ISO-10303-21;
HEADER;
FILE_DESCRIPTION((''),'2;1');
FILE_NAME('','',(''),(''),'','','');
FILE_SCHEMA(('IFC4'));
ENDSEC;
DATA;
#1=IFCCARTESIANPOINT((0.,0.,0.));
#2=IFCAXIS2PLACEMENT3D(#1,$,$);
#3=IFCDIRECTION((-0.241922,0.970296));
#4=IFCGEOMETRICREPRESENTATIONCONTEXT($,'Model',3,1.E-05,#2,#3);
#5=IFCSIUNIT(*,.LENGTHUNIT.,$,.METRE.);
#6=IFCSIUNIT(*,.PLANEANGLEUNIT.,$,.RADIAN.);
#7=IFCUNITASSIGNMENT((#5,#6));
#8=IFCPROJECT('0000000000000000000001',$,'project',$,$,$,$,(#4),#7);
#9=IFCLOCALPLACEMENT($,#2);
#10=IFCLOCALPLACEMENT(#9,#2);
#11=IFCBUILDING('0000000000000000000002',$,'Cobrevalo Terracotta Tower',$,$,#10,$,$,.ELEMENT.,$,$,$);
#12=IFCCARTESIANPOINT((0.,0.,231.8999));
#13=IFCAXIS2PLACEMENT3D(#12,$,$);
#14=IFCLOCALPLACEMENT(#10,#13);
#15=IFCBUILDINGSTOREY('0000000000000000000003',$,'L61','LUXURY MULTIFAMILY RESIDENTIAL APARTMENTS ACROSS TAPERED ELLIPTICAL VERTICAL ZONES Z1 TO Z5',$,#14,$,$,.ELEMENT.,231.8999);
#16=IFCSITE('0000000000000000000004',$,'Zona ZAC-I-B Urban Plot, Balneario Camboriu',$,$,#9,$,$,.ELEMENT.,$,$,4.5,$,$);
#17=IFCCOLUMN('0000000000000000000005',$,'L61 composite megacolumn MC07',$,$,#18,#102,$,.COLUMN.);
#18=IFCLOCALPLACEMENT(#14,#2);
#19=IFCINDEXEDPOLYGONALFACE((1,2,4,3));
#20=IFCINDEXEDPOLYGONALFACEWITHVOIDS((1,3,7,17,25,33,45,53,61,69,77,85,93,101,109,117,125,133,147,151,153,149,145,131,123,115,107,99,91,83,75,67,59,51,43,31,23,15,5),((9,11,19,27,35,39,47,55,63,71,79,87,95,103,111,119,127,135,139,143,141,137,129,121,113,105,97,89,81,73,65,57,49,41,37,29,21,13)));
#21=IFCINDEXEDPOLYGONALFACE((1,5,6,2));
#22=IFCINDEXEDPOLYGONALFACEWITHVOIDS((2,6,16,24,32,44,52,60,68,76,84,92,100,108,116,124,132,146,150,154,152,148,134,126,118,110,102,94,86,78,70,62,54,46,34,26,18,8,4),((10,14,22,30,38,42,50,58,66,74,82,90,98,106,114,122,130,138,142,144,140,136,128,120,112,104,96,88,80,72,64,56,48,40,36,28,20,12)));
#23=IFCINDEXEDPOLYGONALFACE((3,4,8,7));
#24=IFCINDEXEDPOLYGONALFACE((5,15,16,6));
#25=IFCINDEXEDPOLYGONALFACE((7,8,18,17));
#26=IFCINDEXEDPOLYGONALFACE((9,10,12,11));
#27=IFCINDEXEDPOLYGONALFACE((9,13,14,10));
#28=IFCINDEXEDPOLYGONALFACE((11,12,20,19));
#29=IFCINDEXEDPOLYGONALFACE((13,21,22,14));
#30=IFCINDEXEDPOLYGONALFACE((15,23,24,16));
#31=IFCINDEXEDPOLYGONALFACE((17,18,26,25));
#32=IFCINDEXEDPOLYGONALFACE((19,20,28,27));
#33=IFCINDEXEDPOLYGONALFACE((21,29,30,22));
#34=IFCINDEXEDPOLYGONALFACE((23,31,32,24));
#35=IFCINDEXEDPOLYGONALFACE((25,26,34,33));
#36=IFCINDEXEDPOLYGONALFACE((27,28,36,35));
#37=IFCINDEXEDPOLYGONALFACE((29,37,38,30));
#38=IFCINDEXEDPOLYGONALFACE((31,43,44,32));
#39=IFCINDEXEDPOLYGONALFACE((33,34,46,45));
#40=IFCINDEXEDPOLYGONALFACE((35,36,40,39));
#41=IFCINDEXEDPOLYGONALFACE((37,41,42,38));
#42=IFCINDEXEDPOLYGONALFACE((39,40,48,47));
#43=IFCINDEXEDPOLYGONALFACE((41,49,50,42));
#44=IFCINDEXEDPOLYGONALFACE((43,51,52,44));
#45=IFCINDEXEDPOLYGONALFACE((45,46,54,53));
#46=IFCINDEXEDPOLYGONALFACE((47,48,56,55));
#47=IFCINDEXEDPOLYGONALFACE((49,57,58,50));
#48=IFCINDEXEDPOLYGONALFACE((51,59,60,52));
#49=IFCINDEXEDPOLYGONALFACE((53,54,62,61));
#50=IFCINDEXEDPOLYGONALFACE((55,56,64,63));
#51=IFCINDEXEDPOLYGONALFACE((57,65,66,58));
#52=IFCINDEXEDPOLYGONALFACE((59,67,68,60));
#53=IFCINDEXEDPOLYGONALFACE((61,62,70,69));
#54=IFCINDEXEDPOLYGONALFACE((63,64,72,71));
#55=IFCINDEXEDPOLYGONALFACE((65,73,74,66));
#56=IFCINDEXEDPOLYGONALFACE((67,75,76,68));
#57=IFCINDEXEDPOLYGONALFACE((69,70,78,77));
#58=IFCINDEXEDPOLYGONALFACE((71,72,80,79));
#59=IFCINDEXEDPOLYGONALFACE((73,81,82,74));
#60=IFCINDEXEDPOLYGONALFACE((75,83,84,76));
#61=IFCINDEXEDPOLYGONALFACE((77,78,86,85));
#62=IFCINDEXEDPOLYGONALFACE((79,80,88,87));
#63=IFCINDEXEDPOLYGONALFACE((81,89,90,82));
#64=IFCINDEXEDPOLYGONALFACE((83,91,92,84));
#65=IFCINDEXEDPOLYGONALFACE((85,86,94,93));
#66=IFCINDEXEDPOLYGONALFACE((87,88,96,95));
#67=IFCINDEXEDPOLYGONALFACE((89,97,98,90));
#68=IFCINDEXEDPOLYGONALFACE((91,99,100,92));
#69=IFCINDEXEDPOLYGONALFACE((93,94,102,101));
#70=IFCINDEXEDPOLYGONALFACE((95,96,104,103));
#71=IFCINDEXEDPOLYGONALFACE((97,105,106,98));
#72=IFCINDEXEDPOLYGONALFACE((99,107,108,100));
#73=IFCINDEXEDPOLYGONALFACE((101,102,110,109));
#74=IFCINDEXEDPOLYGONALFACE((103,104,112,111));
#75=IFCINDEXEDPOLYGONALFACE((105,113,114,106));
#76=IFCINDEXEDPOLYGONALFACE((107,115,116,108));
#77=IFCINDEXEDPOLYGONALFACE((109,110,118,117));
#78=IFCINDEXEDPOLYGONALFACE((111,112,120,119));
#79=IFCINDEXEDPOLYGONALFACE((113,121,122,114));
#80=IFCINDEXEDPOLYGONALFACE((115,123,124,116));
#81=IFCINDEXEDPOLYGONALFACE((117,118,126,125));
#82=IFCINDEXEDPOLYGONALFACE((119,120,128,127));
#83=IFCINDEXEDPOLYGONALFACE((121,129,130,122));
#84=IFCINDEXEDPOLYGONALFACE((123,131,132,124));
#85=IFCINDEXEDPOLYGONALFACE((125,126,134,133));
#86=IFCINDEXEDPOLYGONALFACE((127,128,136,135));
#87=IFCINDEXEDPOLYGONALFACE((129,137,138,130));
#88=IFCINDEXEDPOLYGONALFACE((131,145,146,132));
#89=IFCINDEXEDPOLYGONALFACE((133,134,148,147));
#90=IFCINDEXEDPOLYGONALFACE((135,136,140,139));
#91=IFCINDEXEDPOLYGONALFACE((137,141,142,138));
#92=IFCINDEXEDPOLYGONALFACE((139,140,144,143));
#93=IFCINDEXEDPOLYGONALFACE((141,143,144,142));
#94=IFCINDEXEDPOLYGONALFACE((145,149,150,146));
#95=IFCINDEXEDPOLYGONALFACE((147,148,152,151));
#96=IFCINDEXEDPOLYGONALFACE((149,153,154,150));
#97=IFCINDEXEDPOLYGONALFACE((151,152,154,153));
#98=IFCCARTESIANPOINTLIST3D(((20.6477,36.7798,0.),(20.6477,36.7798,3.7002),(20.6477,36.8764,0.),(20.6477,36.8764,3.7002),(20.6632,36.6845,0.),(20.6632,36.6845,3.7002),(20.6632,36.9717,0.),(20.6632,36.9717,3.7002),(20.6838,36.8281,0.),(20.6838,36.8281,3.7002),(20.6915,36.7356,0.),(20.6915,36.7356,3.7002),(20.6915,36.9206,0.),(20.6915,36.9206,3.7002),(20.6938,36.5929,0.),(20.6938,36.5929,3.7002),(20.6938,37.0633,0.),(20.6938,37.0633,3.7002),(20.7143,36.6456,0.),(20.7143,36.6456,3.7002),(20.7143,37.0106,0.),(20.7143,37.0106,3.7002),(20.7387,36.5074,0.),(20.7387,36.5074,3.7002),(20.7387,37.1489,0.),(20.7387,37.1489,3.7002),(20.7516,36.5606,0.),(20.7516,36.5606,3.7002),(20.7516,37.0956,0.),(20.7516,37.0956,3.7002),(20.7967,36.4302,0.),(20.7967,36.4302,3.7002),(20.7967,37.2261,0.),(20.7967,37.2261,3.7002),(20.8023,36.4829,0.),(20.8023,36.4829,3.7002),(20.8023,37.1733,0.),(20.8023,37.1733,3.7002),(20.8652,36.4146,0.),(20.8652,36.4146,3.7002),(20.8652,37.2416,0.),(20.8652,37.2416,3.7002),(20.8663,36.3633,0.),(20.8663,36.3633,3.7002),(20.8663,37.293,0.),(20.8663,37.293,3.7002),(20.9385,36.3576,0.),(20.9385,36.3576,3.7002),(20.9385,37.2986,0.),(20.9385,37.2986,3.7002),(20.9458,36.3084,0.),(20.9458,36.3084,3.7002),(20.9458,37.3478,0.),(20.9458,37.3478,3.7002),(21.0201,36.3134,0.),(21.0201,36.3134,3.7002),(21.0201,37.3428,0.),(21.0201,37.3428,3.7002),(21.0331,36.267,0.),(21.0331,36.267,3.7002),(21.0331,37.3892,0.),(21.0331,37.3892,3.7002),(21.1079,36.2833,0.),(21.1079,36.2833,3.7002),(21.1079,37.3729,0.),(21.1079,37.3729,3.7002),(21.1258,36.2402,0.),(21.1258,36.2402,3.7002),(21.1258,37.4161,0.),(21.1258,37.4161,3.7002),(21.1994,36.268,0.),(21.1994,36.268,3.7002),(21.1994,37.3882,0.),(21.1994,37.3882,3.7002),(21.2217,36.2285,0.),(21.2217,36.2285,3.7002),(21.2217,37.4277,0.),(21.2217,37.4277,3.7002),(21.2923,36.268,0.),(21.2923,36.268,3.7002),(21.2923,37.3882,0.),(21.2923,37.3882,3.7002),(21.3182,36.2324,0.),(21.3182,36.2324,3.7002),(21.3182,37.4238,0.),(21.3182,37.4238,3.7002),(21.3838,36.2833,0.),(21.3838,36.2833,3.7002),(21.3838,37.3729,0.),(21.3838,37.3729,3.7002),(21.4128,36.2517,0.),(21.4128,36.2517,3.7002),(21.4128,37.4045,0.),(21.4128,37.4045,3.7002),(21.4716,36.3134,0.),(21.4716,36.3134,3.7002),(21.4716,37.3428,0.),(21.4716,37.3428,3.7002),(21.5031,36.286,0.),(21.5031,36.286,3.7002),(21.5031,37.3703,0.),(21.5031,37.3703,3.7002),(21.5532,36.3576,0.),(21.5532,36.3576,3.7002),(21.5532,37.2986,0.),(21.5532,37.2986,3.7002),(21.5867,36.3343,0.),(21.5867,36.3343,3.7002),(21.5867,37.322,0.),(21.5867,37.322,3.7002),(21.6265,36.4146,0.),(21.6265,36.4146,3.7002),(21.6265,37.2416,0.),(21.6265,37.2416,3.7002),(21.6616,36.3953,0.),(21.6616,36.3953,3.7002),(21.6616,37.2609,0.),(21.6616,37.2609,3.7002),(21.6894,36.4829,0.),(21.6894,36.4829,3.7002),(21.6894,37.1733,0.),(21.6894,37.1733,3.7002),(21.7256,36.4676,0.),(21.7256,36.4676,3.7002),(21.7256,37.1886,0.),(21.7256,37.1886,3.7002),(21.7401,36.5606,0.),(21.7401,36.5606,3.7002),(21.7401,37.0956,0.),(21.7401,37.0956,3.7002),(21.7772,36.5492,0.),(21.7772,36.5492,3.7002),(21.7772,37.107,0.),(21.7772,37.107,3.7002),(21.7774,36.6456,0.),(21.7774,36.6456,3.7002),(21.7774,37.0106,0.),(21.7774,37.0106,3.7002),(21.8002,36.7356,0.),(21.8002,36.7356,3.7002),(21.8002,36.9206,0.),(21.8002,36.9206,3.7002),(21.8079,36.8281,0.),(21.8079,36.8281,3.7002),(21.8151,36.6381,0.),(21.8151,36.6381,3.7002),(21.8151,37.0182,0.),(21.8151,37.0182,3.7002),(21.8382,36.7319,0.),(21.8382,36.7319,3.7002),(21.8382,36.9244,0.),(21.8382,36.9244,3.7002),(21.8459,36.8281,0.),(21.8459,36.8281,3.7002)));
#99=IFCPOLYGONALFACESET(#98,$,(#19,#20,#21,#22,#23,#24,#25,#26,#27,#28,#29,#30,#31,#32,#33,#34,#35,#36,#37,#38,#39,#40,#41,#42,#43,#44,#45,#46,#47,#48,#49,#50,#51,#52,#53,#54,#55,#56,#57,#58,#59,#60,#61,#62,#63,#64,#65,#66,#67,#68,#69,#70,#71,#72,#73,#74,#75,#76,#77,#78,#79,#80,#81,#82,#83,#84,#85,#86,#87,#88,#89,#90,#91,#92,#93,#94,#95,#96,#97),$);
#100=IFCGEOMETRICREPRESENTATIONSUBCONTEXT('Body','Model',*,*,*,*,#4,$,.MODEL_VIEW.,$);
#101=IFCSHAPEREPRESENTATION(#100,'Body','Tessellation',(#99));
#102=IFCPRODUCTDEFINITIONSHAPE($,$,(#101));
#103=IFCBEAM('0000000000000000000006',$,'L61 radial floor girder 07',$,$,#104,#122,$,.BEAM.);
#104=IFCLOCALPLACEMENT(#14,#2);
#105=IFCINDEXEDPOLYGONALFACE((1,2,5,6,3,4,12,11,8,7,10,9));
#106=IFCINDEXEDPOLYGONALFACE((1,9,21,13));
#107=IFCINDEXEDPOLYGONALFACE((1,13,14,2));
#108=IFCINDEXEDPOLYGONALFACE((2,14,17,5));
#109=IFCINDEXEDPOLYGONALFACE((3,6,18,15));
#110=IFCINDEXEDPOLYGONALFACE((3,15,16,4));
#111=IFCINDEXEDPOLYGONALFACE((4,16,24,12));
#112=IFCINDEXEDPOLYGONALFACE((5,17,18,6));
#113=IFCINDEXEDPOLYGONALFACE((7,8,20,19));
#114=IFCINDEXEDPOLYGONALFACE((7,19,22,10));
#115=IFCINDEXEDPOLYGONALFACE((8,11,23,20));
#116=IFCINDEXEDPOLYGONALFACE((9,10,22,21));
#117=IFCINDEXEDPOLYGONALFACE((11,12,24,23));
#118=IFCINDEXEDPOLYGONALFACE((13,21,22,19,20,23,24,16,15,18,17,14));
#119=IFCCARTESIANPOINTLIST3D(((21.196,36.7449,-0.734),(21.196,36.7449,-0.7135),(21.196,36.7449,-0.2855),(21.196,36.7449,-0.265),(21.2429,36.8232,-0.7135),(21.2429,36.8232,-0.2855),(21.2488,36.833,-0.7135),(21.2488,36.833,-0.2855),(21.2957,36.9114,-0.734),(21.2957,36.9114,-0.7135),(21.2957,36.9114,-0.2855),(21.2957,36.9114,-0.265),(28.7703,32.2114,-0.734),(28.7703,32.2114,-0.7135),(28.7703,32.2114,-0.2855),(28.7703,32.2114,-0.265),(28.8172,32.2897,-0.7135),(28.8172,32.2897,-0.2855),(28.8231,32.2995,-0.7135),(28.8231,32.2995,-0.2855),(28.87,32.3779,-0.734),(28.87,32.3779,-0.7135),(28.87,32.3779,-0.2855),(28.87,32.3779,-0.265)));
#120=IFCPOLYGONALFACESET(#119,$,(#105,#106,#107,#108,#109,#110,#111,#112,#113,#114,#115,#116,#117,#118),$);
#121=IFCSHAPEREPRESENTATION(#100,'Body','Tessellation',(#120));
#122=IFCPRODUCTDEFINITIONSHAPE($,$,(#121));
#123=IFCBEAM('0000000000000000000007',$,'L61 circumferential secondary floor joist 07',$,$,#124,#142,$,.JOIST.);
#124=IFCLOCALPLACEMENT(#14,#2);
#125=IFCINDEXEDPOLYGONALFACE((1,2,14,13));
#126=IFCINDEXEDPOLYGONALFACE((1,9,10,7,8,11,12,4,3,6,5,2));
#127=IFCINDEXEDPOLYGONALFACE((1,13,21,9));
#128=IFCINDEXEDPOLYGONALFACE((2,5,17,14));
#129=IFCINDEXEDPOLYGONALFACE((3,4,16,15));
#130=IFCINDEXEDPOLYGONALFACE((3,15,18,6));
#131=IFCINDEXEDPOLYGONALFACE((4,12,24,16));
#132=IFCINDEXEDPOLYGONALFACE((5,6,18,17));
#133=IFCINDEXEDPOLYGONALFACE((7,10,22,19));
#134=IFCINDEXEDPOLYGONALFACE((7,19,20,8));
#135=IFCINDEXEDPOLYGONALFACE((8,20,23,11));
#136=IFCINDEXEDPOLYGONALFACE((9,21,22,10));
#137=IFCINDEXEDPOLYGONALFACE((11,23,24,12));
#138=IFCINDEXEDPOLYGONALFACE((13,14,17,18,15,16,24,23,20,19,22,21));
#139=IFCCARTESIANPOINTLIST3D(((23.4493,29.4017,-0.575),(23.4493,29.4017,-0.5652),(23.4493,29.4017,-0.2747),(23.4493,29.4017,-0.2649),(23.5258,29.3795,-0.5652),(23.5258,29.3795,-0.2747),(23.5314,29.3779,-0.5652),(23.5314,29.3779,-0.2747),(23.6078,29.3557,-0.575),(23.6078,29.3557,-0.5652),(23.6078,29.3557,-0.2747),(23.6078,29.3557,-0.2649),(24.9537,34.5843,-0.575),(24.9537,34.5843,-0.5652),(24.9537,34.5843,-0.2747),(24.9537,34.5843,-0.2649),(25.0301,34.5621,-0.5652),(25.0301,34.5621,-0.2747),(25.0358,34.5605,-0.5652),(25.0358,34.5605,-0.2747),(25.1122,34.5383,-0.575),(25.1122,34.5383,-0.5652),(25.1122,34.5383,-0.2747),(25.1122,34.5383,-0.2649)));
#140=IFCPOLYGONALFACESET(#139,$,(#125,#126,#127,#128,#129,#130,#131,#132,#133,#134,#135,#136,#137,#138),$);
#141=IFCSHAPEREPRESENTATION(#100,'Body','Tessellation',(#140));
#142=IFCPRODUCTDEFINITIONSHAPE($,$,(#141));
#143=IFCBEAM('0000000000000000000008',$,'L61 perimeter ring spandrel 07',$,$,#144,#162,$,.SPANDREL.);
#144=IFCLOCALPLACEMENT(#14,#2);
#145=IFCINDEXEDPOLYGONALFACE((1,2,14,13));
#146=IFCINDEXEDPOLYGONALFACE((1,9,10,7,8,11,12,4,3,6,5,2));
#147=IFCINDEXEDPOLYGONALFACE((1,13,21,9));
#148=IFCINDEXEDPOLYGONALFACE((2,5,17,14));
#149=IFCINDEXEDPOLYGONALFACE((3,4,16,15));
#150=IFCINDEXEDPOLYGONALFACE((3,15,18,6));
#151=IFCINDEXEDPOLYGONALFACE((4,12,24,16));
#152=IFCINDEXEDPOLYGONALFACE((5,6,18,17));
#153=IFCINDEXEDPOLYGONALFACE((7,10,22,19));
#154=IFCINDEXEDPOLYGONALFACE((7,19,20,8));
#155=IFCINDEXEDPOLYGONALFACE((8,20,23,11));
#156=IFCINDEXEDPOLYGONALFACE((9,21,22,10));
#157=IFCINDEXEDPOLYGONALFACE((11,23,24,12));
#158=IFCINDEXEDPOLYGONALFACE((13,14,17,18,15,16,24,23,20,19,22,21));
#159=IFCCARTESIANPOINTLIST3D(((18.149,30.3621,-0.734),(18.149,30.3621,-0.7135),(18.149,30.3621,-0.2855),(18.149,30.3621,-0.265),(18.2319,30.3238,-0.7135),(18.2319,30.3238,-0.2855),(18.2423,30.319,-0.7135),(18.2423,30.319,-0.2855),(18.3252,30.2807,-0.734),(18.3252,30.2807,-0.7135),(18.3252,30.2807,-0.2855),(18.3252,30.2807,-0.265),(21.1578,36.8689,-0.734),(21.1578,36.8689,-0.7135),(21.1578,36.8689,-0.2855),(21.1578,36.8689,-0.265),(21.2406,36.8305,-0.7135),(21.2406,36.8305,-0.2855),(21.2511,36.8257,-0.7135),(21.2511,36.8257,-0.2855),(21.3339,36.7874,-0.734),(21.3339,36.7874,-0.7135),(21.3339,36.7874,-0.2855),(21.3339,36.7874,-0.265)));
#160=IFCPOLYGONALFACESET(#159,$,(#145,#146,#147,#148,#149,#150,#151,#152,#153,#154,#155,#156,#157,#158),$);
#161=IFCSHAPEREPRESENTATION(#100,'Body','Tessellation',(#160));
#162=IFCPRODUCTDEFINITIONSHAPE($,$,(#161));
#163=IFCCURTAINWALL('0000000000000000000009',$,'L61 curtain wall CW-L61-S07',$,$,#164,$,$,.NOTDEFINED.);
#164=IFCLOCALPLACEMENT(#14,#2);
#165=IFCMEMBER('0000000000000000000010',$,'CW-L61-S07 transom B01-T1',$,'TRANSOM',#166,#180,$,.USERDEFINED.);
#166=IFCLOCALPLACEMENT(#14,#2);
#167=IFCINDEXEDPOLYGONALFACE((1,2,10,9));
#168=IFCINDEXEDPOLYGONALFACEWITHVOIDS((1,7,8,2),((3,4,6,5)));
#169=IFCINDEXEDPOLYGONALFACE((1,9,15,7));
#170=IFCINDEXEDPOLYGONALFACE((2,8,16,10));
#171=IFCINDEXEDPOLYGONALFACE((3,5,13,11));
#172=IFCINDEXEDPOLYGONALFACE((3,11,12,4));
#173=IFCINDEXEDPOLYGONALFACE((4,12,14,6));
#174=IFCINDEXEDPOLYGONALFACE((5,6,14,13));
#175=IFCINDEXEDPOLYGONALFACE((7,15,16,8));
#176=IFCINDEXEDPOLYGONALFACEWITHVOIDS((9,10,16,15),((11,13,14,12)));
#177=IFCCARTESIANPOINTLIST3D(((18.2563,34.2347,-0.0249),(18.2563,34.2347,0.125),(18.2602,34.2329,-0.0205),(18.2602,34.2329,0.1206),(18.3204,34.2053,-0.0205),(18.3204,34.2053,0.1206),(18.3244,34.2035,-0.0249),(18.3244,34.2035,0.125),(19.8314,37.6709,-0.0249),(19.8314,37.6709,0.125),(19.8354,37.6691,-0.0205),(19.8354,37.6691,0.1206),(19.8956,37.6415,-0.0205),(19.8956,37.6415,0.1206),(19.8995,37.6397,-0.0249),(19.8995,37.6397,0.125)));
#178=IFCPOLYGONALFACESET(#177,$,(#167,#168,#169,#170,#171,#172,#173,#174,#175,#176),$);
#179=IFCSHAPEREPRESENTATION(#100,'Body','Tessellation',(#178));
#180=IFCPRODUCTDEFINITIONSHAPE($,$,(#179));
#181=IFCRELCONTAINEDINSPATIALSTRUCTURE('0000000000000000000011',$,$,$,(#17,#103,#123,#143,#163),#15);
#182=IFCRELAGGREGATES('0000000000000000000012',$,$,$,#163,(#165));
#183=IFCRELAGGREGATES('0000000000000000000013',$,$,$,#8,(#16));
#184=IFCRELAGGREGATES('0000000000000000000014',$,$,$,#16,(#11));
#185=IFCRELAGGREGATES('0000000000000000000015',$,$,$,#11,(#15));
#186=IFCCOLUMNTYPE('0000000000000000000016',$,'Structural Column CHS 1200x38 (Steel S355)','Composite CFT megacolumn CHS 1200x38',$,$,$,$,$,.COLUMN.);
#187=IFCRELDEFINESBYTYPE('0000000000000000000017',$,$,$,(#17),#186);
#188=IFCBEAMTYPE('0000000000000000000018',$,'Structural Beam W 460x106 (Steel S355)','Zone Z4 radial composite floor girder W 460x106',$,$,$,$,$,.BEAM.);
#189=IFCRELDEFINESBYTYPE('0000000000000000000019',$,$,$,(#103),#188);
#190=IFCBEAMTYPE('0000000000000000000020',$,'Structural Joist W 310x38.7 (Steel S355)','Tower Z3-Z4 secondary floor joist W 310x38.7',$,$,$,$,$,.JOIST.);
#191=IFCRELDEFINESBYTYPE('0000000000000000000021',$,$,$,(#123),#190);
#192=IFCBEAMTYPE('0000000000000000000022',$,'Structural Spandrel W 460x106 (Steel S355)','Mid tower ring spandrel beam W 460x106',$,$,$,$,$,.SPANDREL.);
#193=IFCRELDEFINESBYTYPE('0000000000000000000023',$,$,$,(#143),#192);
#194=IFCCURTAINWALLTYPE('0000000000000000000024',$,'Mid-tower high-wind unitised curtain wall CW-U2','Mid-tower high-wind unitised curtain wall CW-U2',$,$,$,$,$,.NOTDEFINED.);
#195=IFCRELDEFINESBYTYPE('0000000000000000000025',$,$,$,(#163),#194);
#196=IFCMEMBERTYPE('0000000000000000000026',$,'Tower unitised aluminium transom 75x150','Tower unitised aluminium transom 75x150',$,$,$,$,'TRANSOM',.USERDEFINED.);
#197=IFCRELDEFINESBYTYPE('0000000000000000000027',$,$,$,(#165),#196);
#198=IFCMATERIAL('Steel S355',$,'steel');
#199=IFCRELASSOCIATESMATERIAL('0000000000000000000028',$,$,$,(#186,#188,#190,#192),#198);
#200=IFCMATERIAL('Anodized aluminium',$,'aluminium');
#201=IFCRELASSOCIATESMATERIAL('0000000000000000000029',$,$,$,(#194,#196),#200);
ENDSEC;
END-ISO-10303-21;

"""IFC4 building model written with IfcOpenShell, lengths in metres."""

from ifc_helpers import new_model, si_unit, direction, frame, origin, origin_2d, place, context, subcontext, project, spatial, hollow_rectangle, hollow_circle, i_section, extrude, source, transform, mapped, material, material_profile, profile_set, type_object, element, aggregate, save


model = new_model("IFC4")

# Units and contexts
model_context = context("Model", 3, precision=1e-05, world=origin(), true_north=direction((-0.241922, 0.970296)))
body_context = subcontext(model_context, "Body", "Model", "MODEL_VIEW")
ifc_project = project(units=[si_unit("LENGTHUNIT", "METRE"), si_unit("PLANEANGLEUNIT", "RADIAN")], contexts=[model_context])

# Site, building, storey
site_placement = place(None, origin())
site = spatial("IfcSite", under=ifc_project, at=site_placement, Name="Zona ZAC-I-B Urban Plot, Balneario Camboriu", CompositionType="ELEMENT", RefElevation=4.5)
building_placement = place(site_placement, origin())
building = spatial("IfcBuilding", under=site, at=building_placement, Name="Cobrevalo Terracotta Tower", CompositionType="ELEMENT")
storey_placement = place(building_placement, frame((0.0, 0.0, 231.8999)))
storey = spatial("IfcBuildingStorey", under=building, at=storey_placement, Name="L61", Description="LUXURY MULTIFAMILY RESIDENTIAL APARTMENTS ACROSS TAPERED ELLIPTICAL VERTICAL ZONES Z1 TO Z5", CompositionType="ELEMENT", Elevation=231.8999)

# Column
ifc_material_1 = material(Name="Steel S355", Category="steel")
ifc_material_profile_1 = material_profile(ifc_material_1, hollow_circle(Radius=0.6001, WallThickness=0.0381, at=origin_2d()), Name="CHS 1200x38")
ifc_profile_set_1 = profile_set([ifc_material_profile_1], Name="Steel S355")
column_type = type_object("IfcColumnType", Name="Structural Column CHS 1200x38 (Steel S355)", Description="Composite CFT megacolumn CHS 1200x38", PredefinedType="COLUMN", material=ifc_profile_set_1)
column_placement = place(storey_placement, frame((21.2458, 36.8281, 0.0), z_axis=(0.0, 0.0, 1.0), x_axis=(1.0, 0.0, 0.0)))
element("IfcColumn", 1, at=column_placement, inside=storey, type_object=column_type, Name="L61 composite megacolumn MC07", PredefinedType="COLUMN", context=body_context, shape_type="SweptSolid", body=[
    extrude(hollow_circle(Radius=0.6001, WallThickness=0.0381, at=origin_2d()), origin(), (0.0, 0.0, 1.0), 3.7002),
])

# Beams
ifc_material_profile_2 = material_profile(ifc_material_1, i_section(OverallWidth=0.1941, OverallDepth=0.469, WebThickness=0.0115, FlangeThickness=0.0205, at=origin_2d()), Name="W 460x106")
ifc_profile_set_2 = profile_set([ifc_material_profile_2], Name="Steel S355")
beam_type_1 = type_object("IfcBeamType", Name="Structural Beam W 460x106 (Steel S355)", Description="Zone Z4 radial composite floor girder W 460x106", PredefinedType="BEAM", material=ifc_profile_set_2)
beam_1_placement = place(storey_placement, frame((21.2458, 36.8281, -0.4995), z_axis=(0.858046, -0.513572, 0.0), x_axis=(0.513572, 0.858046, 0.0)))
element("IfcBeam", 2, at=beam_1_placement, inside=storey, type_object=beam_type_1, Name="L61 radial floor girder 07", PredefinedType="BEAM", context=body_context, shape_type="SweptSolid", body=[
    extrude(i_section(OverallWidth=0.1941, OverallDepth=0.469, WebThickness=0.0115, FlangeThickness=0.0205, at=origin_2d()), origin(), (0.0, 0.0, 1.0), 8.8274),
])
ifc_material_profile_3 = material_profile(ifc_material_1, i_section(OverallWidth=0.165, OverallDepth=0.3101, WebThickness=0.0059, FlangeThickness=0.0098, at=origin_2d()), Name="W 310x38.7")
ifc_profile_set_3 = profile_set([ifc_material_profile_3], Name="Steel S355")
beam_type_2 = type_object("IfcBeamType", Name="Structural Joist W 310x38.7 (Steel S355)", Description="Tower Z3-Z4 secondary floor joist W 310x38.7", PredefinedType="JOIST", material=ifc_profile_set_3)
beam_2_placement = place(storey_placement, frame((25.033, 34.5613, -0.4199), z_axis=(-0.27877, -0.960358, 0.0), x_axis=(0.960358, -0.27877, 0.0)))
element("IfcBeam", 3, at=beam_2_placement, inside=storey, type_object=beam_type_2, Name="L61 circumferential secondary floor joist 07", PredefinedType="JOIST", context=body_context, shape_type="SweptSolid", body=[
    extrude(i_section(OverallWidth=0.165, OverallDepth=0.3101, WebThickness=0.0059, FlangeThickness=0.0098, at=origin_2d()), origin(), (0.0, 0.0, 1.0), 5.3965),
])
ifc_material_profile_4 = material_profile(ifc_material_1, i_section(OverallWidth=0.1941, OverallDepth=0.469, WebThickness=0.0115, FlangeThickness=0.0205, at=origin_2d()), Name="W 460x106")
ifc_profile_set_4 = profile_set([ifc_material_profile_4], Name="Steel S355")
beam_type_3 = type_object("IfcBeamType", Name="Structural Spandrel W 460x106 (Steel S355)", Description="Mid tower ring spandrel beam W 460x106", PredefinedType="SPANDREL", material=ifc_profile_set_4)
beam_3_placement = place(storey_placement, frame((21.2458, 36.8281, -0.4995), z_axis=(-0.419706, -0.90766, 0.0), x_axis=(0.90766, -0.419706, 0.0)))
element("IfcBeam", 4, at=beam_3_placement, inside=storey, type_object=beam_type_3, Name="L61 perimeter ring spandrel 07", PredefinedType="SPANDREL", context=body_context, shape_type="SweptSolid", body=[
    extrude(i_section(OverallWidth=0.1941, OverallDepth=0.469, WebThickness=0.0115, FlangeThickness=0.0205, at=origin_2d()), origin(), (0.0, 0.0, 1.0), 7.1687),
])

# Curtain wall, member
ifc_material_2 = material(Name="Anodized aluminium", Category="aluminium")
curtain_wall_type = type_object("IfcCurtainWallType", Name="Mid-tower high-wind unitised curtain wall CW-U2", Description="Mid-tower high-wind unitised curtain wall CW-U2", PredefinedType="NOTDEFINED", material=ifc_material_2)
curtain_wall_1_placement = place(storey_placement, origin())
curtain_wall_1 = element("IfcCurtainWall", 5, at=curtain_wall_1_placement, inside=storey, type_object=curtain_wall_type, Name="L61 curtain wall CW-L61-S07", PredefinedType="NOTDEFINED")
ifc_material_profile_5 = material_profile(ifc_material_2, hollow_rectangle(XDim=0.075, YDim=0.1499, WallThickness=0.0044, at=origin_2d()), Name="CWT 75x150")
ifc_profile_set_5 = profile_set([ifc_material_profile_5], Name="Anodized aluminium")
member_type_1 = type_object("IfcMemberType", Name="Tower unitised aluminium transom 75x150", Description="Tower unitised aluminium transom 75x150", ElementType="TRANSOM", PredefinedType="USERDEFINED", material=ifc_profile_set_5)
shared_shape_1 = source(origin(), body_context, "Body", "SweptSolid", [
    extrude(hollow_rectangle(XDim=0.075, YDim=0.1499, WallThickness=0.0044, at=origin_2d()), origin(), (0.0, 0.0, 1.0), 3.78),
])
member_1_placement = place(storey_placement, frame((19.8655, 37.6553, 0.05), z_axis=(-0.416706, -0.909041, 0.0), x_axis=(0.909041, -0.416706, 0.0)))
member_1 = element("IfcMember", 6, at=member_1_placement, type_object=member_type_1, Name="CW-L61-S07 transom B01-T1", ObjectType="TRANSOM", PredefinedType="USERDEFINED", context=body_context, shape_type="MappedRepresentation", body=[
    mapped(shared_shape_1, transform((0.0, 0.0, 0.0), scale=1.0)),
])

aggregate(curtain_wall_1, [member_1])

save(model, "model.ifc")
